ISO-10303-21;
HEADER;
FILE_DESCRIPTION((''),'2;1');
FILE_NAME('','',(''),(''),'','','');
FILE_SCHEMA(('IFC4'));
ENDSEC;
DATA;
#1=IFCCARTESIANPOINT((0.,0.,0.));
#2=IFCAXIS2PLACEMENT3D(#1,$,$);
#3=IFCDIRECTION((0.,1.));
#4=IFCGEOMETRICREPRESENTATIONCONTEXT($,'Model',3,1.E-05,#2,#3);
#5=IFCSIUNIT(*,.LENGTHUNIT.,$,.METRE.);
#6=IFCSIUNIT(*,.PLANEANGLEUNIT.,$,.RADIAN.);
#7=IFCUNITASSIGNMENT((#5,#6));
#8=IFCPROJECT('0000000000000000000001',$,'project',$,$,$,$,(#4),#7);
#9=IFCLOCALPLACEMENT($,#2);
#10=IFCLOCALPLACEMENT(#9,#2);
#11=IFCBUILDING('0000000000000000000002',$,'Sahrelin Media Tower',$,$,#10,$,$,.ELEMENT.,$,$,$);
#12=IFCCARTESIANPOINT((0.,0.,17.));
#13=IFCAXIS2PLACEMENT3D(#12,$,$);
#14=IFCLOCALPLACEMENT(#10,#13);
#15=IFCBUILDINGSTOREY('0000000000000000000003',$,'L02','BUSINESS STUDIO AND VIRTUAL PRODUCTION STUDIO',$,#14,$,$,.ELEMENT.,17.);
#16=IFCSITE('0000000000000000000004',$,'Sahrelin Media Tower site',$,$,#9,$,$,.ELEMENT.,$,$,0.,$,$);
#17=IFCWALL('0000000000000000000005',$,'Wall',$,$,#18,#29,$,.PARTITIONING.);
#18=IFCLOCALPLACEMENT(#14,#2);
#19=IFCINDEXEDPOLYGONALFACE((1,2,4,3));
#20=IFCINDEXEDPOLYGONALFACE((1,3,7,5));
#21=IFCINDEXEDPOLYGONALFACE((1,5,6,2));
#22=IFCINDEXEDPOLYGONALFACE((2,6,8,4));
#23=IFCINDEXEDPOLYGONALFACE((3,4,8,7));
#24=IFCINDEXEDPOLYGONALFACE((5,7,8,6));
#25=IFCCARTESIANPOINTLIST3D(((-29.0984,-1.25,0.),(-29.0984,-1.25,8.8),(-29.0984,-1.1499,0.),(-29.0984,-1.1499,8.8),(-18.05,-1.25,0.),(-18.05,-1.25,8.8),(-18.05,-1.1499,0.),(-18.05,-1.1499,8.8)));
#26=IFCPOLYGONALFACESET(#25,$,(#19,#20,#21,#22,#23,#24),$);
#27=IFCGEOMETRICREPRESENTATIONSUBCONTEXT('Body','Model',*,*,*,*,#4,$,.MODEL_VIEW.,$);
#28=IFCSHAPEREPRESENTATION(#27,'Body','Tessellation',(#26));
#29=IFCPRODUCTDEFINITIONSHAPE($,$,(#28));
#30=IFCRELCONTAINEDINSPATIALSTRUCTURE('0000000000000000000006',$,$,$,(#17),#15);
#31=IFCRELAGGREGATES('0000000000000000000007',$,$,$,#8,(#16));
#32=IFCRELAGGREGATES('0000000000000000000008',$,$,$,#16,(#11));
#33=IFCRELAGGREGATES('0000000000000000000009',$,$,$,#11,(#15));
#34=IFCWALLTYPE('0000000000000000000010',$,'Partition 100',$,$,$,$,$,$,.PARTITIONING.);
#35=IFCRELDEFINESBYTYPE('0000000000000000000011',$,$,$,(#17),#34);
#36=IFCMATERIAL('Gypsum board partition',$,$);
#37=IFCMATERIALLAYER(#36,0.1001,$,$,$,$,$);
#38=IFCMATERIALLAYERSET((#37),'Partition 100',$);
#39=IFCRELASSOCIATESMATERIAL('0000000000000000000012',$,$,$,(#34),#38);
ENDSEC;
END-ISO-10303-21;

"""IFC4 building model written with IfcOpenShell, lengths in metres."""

from ifc_helpers import new_model, si_unit, direction, frame, frame_2d, origin, place, context, subcontext, project, spatial, rectangle, extrude, material, layer, layer_set, type_object, element, save


model = new_model("IFC4")

# Units and contexts
model_context = context("Model", 3, precision=1e-05, world=origin(), true_north=direction((0.0, 1.0)))
body_context = subcontext(model_context, "Body", "Model", "MODEL_VIEW")
ifc_project = project(units=[si_unit("LENGTHUNIT", "METRE"), si_unit("PLANEANGLEUNIT", "RADIAN")], contexts=[model_context])

# Site, building, storey
site_placement = place(None, origin())
site = spatial("IfcSite", under=ifc_project, at=site_placement, Name="Sahrelin Media Tower site", CompositionType="ELEMENT", RefElevation=0.0)
building_placement = place(site_placement, origin())
building = spatial("IfcBuilding", under=site, at=building_placement, Name="Sahrelin Media Tower", CompositionType="ELEMENT")
storey_placement = place(building_placement, frame((0.0, 0.0, 17.0)))
storey = spatial("IfcBuildingStorey", under=building, at=storey_placement, Name="L02", Description="BUSINESS STUDIO AND VIRTUAL PRODUCTION STUDIO", CompositionType="ELEMENT", Elevation=17.0)

# Shared definitions
ifc_material_1 = material(Name="Gypsum board partition")
ifc_layer_1 = layer(ifc_material_1, 0.1001)
ifc_layer_set_1 = layer_set([ifc_layer_1], Name="Partition 100")
wall_type_1 = type_object("IfcWallType", Name="Partition 100", PredefinedType="PARTITIONING", material=ifc_layer_set_1)

# Wall
wall_1_placement = place(storey_placement, frame((-18.05, -1.2, 0.0), z_axis=(0.0, 0.0, 1.0), x_axis=(-1.0, 0.0, 0.0)))
element("IfcWall", 1, at=wall_1_placement, inside=storey, type_object=wall_type_1, Name="Wall", PredefinedType="PARTITIONING", context=body_context, shape_type="SweptSolid", body=[
    extrude(rectangle(XDim=11.0483, YDim=0.1001, at=frame_2d((5.5242, 0.0))), origin(), (0.0, 0.0, 1.0), 8.8),
])

save(model, "model.ifc")
